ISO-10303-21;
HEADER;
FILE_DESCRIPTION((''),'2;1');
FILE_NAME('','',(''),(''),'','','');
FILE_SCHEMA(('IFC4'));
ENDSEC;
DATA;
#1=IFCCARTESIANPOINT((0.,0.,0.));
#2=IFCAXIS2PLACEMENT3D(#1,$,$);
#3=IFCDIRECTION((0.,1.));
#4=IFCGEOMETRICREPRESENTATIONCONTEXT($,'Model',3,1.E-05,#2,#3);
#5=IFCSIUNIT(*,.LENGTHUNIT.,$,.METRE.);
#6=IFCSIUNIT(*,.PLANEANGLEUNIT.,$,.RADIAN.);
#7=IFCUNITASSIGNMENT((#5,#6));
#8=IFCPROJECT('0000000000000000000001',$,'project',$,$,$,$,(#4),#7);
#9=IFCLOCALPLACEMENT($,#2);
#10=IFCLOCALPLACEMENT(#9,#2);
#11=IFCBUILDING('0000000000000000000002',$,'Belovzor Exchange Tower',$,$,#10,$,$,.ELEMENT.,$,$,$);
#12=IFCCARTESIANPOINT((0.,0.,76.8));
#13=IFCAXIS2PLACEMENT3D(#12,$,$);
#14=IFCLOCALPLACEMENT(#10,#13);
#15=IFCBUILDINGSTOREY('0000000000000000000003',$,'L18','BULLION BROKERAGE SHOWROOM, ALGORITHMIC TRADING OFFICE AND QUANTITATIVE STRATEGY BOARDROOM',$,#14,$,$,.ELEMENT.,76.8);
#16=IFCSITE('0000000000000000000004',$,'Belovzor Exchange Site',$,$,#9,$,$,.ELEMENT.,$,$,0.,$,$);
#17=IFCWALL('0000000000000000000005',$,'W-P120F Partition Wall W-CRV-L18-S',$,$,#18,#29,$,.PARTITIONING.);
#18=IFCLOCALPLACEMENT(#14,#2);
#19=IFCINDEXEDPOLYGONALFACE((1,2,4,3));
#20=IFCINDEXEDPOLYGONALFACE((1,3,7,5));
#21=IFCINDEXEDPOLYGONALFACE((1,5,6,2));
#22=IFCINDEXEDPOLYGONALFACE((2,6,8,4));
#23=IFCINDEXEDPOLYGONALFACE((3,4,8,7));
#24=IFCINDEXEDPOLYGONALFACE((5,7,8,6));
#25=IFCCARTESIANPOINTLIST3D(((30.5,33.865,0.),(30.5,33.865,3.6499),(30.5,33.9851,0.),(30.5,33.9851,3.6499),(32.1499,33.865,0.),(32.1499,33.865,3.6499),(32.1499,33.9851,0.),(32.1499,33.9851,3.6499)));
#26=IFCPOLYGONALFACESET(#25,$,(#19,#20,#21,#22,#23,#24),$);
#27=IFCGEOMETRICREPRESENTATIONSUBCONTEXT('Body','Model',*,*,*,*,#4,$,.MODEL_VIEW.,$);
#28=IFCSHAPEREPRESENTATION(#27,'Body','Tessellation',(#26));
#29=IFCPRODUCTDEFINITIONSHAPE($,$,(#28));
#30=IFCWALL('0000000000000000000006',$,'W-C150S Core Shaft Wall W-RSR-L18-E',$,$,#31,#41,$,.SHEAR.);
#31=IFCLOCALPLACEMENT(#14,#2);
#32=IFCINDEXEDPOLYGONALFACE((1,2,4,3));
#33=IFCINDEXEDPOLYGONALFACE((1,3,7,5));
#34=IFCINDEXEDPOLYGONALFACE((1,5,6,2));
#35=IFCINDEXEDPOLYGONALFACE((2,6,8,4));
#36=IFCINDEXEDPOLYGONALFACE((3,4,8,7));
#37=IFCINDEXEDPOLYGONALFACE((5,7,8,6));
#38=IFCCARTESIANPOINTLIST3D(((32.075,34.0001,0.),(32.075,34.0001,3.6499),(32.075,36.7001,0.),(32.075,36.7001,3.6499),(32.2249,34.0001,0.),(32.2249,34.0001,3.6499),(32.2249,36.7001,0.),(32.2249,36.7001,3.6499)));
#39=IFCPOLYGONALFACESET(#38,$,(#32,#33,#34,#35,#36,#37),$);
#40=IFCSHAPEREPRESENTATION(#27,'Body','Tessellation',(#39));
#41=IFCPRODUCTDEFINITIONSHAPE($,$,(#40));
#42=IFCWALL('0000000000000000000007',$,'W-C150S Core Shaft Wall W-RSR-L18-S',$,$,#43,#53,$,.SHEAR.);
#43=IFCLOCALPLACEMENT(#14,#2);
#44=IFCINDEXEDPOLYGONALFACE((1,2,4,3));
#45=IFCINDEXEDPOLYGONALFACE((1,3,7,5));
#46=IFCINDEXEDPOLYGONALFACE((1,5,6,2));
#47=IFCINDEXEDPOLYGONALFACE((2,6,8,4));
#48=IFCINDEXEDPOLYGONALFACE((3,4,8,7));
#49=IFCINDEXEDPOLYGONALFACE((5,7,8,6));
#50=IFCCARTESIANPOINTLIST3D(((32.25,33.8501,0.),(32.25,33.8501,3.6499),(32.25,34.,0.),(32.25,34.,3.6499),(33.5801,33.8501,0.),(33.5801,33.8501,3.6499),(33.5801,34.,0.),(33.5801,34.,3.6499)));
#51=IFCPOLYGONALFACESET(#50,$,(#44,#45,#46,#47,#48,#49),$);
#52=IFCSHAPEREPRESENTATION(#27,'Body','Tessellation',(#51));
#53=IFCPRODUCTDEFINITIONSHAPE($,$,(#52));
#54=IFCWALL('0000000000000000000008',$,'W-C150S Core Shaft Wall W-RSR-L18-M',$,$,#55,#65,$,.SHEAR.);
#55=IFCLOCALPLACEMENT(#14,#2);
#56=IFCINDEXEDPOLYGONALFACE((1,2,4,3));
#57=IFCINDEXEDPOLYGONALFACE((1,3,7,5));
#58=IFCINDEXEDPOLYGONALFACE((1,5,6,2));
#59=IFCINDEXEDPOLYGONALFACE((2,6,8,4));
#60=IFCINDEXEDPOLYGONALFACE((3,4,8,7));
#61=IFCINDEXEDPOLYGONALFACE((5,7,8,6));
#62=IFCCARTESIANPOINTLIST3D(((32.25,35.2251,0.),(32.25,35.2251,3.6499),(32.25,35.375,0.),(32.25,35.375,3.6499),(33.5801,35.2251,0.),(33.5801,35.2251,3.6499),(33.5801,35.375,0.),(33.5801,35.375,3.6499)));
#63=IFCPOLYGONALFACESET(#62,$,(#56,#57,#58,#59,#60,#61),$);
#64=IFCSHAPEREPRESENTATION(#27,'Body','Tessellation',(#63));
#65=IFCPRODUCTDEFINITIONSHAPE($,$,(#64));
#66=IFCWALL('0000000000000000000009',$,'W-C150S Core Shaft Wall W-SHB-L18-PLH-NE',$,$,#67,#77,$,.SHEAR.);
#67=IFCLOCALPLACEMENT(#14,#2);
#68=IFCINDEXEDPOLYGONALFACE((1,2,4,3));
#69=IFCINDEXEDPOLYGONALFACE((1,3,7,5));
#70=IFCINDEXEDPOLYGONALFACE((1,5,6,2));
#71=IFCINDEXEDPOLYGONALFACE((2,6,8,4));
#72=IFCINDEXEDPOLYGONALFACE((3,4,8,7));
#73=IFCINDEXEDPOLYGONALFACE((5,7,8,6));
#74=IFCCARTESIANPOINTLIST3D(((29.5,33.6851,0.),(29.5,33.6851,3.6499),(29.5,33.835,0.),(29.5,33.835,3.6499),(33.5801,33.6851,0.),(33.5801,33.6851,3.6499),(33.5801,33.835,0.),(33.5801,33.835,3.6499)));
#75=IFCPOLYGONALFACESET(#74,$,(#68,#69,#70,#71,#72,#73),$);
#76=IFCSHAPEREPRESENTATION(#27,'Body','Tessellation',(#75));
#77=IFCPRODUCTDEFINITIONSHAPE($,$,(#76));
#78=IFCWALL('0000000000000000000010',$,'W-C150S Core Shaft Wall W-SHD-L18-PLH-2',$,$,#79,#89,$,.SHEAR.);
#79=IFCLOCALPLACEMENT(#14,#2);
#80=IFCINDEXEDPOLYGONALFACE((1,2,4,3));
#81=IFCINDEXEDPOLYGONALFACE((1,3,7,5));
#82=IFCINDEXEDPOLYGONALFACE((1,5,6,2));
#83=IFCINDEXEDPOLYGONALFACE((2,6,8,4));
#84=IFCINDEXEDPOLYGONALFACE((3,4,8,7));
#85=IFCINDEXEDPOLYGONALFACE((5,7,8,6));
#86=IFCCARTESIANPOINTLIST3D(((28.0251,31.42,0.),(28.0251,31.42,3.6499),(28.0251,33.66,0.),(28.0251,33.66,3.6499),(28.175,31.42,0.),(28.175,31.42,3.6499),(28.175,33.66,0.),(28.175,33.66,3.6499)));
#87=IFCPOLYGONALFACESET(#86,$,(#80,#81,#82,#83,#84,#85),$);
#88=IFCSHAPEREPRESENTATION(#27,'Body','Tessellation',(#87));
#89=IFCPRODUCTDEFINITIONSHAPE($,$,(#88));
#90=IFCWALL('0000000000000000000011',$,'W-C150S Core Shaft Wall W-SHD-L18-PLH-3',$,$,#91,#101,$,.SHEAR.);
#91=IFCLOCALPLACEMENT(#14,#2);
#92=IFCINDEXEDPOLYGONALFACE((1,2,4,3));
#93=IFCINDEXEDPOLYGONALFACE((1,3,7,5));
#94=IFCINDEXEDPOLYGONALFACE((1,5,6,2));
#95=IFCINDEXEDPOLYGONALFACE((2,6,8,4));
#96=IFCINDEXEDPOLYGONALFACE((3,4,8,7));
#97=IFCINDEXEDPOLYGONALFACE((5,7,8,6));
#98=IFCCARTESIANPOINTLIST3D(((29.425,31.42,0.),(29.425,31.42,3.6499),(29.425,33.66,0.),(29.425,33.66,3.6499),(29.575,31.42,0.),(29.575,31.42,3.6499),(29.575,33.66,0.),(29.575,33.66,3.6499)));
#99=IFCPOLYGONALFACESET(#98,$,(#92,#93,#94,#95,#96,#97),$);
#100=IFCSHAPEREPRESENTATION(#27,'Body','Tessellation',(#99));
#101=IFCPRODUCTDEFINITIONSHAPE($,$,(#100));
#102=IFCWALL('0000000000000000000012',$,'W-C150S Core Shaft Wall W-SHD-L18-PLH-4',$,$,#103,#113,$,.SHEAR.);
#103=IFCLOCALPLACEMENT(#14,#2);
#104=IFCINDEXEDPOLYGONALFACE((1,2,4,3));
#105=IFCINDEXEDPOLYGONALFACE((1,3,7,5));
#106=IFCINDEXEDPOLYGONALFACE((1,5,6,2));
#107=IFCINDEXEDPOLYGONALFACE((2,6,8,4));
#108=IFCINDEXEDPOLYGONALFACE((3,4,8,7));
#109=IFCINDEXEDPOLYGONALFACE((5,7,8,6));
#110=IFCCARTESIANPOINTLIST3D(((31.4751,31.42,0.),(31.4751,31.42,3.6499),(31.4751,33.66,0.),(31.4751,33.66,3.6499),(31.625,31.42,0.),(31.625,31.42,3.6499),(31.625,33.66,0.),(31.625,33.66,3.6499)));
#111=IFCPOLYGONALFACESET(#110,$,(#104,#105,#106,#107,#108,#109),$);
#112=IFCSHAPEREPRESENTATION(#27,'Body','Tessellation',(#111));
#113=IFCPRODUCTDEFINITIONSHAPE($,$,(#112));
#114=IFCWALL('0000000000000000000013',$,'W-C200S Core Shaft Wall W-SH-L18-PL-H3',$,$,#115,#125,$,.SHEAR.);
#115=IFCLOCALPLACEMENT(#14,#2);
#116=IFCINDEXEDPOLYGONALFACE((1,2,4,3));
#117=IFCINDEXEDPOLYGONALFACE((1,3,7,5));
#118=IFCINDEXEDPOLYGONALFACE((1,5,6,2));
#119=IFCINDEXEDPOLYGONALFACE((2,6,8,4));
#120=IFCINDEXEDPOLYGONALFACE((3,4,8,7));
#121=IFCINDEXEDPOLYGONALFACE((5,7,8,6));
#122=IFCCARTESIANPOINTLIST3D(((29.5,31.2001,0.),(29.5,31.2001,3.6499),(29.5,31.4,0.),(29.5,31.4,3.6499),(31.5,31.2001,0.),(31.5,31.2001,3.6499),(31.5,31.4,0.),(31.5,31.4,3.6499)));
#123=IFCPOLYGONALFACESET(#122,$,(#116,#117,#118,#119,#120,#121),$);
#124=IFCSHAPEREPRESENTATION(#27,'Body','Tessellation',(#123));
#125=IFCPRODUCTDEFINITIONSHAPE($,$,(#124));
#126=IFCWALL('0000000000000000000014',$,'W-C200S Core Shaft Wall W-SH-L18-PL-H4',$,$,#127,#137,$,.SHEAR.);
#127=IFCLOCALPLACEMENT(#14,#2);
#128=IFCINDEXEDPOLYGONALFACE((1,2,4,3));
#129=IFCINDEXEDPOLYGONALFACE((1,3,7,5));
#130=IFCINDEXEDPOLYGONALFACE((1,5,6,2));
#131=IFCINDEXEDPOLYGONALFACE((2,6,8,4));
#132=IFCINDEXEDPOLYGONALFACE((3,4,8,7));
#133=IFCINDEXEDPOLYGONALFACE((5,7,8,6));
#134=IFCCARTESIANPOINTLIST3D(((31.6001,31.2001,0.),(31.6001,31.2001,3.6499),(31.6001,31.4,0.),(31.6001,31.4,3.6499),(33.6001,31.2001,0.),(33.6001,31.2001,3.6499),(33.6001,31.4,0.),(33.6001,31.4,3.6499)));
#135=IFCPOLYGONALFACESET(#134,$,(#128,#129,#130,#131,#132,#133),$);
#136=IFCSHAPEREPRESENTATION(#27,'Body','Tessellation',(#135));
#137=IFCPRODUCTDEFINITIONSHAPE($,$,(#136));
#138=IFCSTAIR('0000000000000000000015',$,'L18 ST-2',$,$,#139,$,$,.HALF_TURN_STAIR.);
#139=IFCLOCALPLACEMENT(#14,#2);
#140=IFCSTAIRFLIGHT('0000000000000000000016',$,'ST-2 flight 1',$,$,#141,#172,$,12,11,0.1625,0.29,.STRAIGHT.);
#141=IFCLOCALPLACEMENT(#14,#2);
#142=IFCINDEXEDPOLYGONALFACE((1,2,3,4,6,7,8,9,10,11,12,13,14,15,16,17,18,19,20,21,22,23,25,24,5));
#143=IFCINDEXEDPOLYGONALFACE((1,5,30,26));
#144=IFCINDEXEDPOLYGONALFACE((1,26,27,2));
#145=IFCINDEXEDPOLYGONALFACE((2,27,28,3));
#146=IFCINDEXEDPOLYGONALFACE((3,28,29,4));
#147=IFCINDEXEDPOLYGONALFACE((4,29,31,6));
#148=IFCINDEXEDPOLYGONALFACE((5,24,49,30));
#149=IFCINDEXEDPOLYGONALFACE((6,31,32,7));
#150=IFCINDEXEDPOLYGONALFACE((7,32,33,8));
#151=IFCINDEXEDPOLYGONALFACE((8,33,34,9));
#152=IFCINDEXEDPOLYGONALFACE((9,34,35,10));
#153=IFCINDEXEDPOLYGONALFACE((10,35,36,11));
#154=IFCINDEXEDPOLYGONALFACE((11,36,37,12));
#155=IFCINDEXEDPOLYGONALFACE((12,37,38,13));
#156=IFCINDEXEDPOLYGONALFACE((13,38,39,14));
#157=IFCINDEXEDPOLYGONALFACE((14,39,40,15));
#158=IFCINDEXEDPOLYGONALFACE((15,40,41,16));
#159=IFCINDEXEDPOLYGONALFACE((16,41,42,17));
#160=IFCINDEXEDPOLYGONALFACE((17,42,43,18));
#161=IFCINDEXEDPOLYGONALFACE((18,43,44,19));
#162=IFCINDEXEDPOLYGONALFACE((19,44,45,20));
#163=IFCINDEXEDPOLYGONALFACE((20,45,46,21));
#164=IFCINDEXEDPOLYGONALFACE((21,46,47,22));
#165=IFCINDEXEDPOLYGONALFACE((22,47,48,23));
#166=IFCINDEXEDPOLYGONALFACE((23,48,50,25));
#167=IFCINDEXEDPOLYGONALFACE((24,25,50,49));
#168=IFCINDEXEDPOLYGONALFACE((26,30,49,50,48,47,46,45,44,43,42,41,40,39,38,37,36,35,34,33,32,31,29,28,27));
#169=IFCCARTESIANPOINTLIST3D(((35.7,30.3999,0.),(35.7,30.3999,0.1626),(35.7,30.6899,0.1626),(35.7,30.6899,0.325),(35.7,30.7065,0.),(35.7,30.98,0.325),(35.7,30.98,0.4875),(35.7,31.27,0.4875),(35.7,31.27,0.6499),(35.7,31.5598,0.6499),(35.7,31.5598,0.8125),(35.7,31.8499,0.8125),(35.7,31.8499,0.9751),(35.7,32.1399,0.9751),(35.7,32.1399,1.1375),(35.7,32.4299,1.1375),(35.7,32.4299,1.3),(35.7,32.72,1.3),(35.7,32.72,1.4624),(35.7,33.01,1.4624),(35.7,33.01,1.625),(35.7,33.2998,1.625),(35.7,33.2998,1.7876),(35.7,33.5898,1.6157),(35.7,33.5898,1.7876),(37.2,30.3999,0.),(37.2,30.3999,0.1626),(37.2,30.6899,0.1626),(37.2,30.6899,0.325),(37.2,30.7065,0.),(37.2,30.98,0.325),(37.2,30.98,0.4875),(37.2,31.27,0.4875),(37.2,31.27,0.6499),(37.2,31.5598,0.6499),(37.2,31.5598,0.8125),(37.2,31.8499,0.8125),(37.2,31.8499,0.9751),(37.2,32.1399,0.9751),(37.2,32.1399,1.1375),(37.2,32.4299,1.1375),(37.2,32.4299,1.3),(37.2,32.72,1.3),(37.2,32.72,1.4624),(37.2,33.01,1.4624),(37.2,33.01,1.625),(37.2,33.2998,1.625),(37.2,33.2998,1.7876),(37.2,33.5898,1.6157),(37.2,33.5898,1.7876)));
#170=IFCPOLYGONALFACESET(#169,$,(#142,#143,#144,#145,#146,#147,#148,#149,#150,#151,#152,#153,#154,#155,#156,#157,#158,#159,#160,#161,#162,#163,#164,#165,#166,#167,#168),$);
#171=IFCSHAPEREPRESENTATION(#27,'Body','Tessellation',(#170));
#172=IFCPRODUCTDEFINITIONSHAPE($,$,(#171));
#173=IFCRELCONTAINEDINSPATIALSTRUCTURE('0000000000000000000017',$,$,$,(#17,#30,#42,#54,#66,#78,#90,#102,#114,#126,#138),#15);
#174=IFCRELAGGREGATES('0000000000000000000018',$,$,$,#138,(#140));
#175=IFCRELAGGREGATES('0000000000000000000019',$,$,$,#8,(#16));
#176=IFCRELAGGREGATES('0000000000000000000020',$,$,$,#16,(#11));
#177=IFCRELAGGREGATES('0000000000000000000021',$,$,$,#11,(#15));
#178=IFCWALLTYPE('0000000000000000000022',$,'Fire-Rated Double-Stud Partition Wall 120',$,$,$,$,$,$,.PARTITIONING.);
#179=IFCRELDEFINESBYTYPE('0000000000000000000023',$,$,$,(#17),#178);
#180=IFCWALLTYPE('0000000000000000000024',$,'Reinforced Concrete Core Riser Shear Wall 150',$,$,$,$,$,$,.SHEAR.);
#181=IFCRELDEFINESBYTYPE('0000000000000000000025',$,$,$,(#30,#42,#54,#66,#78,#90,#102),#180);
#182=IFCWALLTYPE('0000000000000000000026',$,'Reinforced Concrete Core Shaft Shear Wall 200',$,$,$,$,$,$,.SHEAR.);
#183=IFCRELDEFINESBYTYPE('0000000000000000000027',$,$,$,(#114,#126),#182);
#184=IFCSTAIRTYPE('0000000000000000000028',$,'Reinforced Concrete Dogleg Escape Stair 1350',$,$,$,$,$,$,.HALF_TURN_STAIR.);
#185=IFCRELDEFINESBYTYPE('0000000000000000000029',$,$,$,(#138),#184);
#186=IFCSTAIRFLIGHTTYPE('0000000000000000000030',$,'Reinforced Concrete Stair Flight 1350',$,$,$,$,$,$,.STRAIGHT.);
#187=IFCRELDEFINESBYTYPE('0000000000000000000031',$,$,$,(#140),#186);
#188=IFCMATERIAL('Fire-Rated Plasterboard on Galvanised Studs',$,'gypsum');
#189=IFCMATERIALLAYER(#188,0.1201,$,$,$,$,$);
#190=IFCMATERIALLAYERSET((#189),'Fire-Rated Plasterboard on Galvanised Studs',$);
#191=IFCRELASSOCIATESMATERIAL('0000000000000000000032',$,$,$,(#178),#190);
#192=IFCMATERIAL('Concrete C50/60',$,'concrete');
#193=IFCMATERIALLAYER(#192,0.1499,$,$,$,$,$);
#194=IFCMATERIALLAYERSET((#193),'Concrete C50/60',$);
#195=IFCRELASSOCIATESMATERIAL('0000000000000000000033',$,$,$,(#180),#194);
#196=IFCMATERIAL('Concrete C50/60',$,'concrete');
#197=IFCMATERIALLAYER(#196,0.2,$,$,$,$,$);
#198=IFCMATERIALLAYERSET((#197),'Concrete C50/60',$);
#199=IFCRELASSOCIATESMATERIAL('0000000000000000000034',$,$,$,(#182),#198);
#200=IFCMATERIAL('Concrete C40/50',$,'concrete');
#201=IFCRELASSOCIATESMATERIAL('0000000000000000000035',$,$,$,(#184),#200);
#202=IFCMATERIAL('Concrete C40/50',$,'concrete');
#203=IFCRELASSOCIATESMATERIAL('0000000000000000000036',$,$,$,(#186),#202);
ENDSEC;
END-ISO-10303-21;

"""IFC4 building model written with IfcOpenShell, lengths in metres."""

from ifc_helpers import new_model, si_unit, direction, frame, frame_2d, origin, place, context, subcontext, project, spatial, polyline, rectangle, outline, extrude, material, layer, layer_set, type_object, element, aggregate, save


model = new_model("IFC4")

# Units and contexts
model_context = context("Model", 3, precision=1e-05, world=origin(), true_north=direction((0.0, 1.0)))
body_context = subcontext(model_context, "Body", "Model", "MODEL_VIEW")
ifc_project = project(units=[si_unit("LENGTHUNIT", "METRE"), si_unit("PLANEANGLEUNIT", "RADIAN")], contexts=[model_context])

# Site, building, storey
site_placement = place(None, origin())
site = spatial("IfcSite", under=ifc_project, at=site_placement, Name="Belovzor Exchange Site", CompositionType="ELEMENT", RefElevation=0.0)
building_placement = place(site_placement, origin())
building = spatial("IfcBuilding", under=site, at=building_placement, Name="Belovzor Exchange Tower", CompositionType="ELEMENT")
storey_placement = place(building_placement, frame((0.0, 0.0, 76.8)))
storey = spatial("IfcBuildingStorey", under=building, at=storey_placement, Name="L18", Description="BULLION BROKERAGE SHOWROOM, ALGORITHMIC TRADING OFFICE AND QUANTITATIVE STRATEGY BOARDROOM", CompositionType="ELEMENT", Elevation=76.8)

# Shared definitions
ifc_material_1 = material(Name="Fire-Rated Plasterboard on Galvanised Studs", Category="gypsum")
ifc_layer_1 = layer(ifc_material_1, 0.1201)
ifc_layer_set_1 = layer_set([ifc_layer_1], Name="Fire-Rated Plasterboard on Galvanised Studs")
wall_type_1 = type_object("IfcWallType", Name="Fire-Rated Double-Stud Partition Wall 120", PredefinedType="PARTITIONING", material=ifc_layer_set_1)

# Walls
wall_1_placement = place(storey_placement, frame((30.5, 33.925, 0.0), z_axis=(0.0, 0.0, 1.0), x_axis=(1.0, 0.0, 0.0)))
element("IfcWall", 1, at=wall_1_placement, inside=storey, type_object=wall_type_1, Name="W-P120F Partition Wall W-CRV-L18-S", PredefinedType="PARTITIONING", context=body_context, shape_type="SweptSolid", body=[
    extrude(rectangle(XDim=1.6499, YDim=0.1201, at=frame_2d((0.825, 0.0))), origin(), (0.0, 0.0, 1.0), 3.6499),
])
ifc_material_2 = material(Name="Concrete C50/60", Category="concrete")
ifc_layer_2 = layer(ifc_material_2, 0.1499)
ifc_layer_set_2 = layer_set([ifc_layer_2], Name="Concrete C50/60")
wall_type_2 = type_object("IfcWallType", Name="Reinforced Concrete Core Riser Shear Wall 150", PredefinedType="SHEAR", material=ifc_layer_set_2)
wall_2_placement = place(storey_placement, frame((32.1499, 34.0, 0.0), z_axis=(0.0, 0.0, 1.0), x_axis=(0.0, 1.0, 0.0)))
element("IfcWall", 2, at=wall_2_placement, inside=storey, type_object=wall_type_2, Name="W-C150S Core Shaft Wall W-RSR-L18-E", PredefinedType="SHEAR", context=body_context, shape_type="SweptSolid", body=[
    extrude(rectangle(XDim=2.7, YDim=0.1499, at=frame_2d((1.3501, 0.0))), origin(), (0.0, 0.0, 1.0), 3.6499),
])
for number, where, z_axis, x_axis, name in (
    (3, (32.25, 33.925, 0.0), (0.0, 0.0, 1.0), (1.0, 0.0, 0.0), "W-C150S Core Shaft Wall W-RSR-L18-S"),
    (4, (32.25, 35.3, 0.0), (0.0, 0.0, 1.0), (1.0, 0.0, 0.0), "W-C150S Core Shaft Wall W-RSR-L18-M"),
):
    element("IfcWall", number, at=place(storey_placement, frame(where, z_axis=z_axis, x_axis=x_axis)), inside=storey, type_object=wall_type_2, Name=name, PredefinedType="SHEAR", context=body_context, shape_type="SweptSolid", body=[
        extrude(rectangle(XDim=1.3301, YDim=0.1499, at=frame_2d((0.665, 0.0))), origin(), (0.0, 0.0, 1.0), 3.6499),
    ])
wall_3_placement = place(storey_placement, frame((29.5, 33.76, 0.0), z_axis=(0.0, 0.0, 1.0), x_axis=(1.0, 0.0, 0.0)))
element("IfcWall", 5, at=wall_3_placement, inside=storey, type_object=wall_type_2, Name="W-C150S Core Shaft Wall W-SHB-L18-PLH-NE", PredefinedType="SHEAR", context=body_context, shape_type="SweptSolid", body=[
    extrude(rectangle(XDim=4.0801, YDim=0.1499, at=frame_2d((2.04, 0.0))), origin(), (0.0, 0.0, 1.0), 3.6499),
])
for number, where, z_axis, x_axis, name in (
    (6, (28.1001, 31.4199, 0.0), (0.0, 0.0, 1.0), (0.0, 1.0, 0.0), "W-C150S Core Shaft Wall W-SHD-L18-PLH-2"),
    (7, (29.5, 31.4199, 0.0), (0.0, 0.0, 1.0), (0.0, 1.0, 0.0), "W-C150S Core Shaft Wall W-SHD-L18-PLH-3"),
    (8, (31.55, 31.4199, 0.0), (0.0, 0.0, 1.0), (0.0, 1.0, 0.0), "W-C150S Core Shaft Wall W-SHD-L18-PLH-4"),
):
    element("IfcWall", number, at=place(storey_placement, frame(where, z_axis=z_axis, x_axis=x_axis)), inside=storey, type_object=wall_type_2, Name=name, PredefinedType="SHEAR", context=body_context, shape_type="SweptSolid", body=[
        extrude(rectangle(XDim=2.24, YDim=0.1499, at=frame_2d((1.1201, 0.0))), origin(), (0.0, 0.0, 1.0), 3.6499),
    ])
ifc_material_3 = material(Name="Concrete C50/60", Category="concrete")
ifc_layer_3 = layer(ifc_material_3, 0.2)
ifc_layer_set_3 = layer_set([ifc_layer_3], Name="Concrete C50/60")
wall_type_3 = type_object("IfcWallType", Name="Reinforced Concrete Core Shaft Shear Wall 200", PredefinedType="SHEAR", material=ifc_layer_set_3)
for number, where, z_axis, x_axis, name in (
    (9, (29.5, 31.3, 0.0), (0.0, 0.0, 1.0), (1.0, 0.0, 0.0), "W-C200S Core Shaft Wall W-SH-L18-PL-H3"),
    (10, (31.6001, 31.3, 0.0), (0.0, 0.0, 1.0), (1.0, 0.0, 0.0), "W-C200S Core Shaft Wall W-SH-L18-PL-H4"),
):
    element("IfcWall", number, at=place(storey_placement, frame(where, z_axis=z_axis, x_axis=x_axis)), inside=storey, type_object=wall_type_3, Name=name, PredefinedType="SHEAR", context=body_context, shape_type="SweptSolid", body=[
        extrude(rectangle(XDim=2.0, YDim=0.2, at=frame_2d((1.0, 0.0))), origin(), (0.0, 0.0, 1.0), 3.6499),
    ])

# Stair, stair flight
ifc_material_4 = material(Name="Concrete C40/50", Category="concrete")
stair_type = type_object("IfcStairType", Name="Reinforced Concrete Dogleg Escape Stair 1350", PredefinedType="HALF_TURN_STAIR", material=ifc_material_4)
stair_placement = place(storey_placement, origin())
stair = element("IfcStair", 11, at=stair_placement, inside=storey, type_object=stair_type, Name="L18 ST-2", PredefinedType="HALF_TURN_STAIR")
ifc_material_5 = material(Name="Concrete C40/50", Category="concrete")
stair_flight_type = type_object("IfcStairFlightType", Name="Reinforced Concrete Stair Flight 1350", PredefinedType="STRAIGHT", material=ifc_material_5)
stair_flight_1_placement = place(storey_placement, frame((36.45, 30.3999, 0.0), z_axis=(0.0, 0.0, 1.0), x_axis=(0.0, 1.0, 0.0)))
stair_flight_1 = element("IfcStairFlight", 12, at=stair_flight_1_placement, type_object=stair_flight_type, Name="ST-2 flight 1", NumberOfRisers=12, NumberOfTreads=11, PredefinedType="STRAIGHT", RiserHeight=0.1625, TreadLength=0.29, context=body_context, shape_type="SweptSolid", body=[
    extrude(outline(polyline([(0.0, 0.0), (0.0, 0.1626), (0.29, 0.1626), (0.29, 0.325), (0.5801, 0.325), (0.5801, 0.4875), (0.8701, 0.4875), (0.8701, 0.6499), (1.1599, 0.6499), (1.1599, 0.8125), (1.45, 0.8125), (1.45, 0.9751), (1.74, 0.9751), (1.74, 1.1375), (2.03, 1.1375), (2.03, 1.3), (2.3201, 1.3), (2.3201, 1.4624), (2.6101, 1.4624), (2.6101, 1.625), (2.8999, 1.625), (2.8999, 1.7876), (3.1899, 1.7876), (3.1899, 1.95), (3.1899, 1.6157), (0.3066, 0.0), (0.0, 0.0)])), frame((0.0, 0.75, 0.0), z_axis=(0.0, -1.0, 0.0), x_axis=(1.0, 0.0, 0.0)), (0.0, 0.0, 1.0), 1.5),
])
aggregate(stair, [stair_flight_1])

save(model, "model.ifc")
